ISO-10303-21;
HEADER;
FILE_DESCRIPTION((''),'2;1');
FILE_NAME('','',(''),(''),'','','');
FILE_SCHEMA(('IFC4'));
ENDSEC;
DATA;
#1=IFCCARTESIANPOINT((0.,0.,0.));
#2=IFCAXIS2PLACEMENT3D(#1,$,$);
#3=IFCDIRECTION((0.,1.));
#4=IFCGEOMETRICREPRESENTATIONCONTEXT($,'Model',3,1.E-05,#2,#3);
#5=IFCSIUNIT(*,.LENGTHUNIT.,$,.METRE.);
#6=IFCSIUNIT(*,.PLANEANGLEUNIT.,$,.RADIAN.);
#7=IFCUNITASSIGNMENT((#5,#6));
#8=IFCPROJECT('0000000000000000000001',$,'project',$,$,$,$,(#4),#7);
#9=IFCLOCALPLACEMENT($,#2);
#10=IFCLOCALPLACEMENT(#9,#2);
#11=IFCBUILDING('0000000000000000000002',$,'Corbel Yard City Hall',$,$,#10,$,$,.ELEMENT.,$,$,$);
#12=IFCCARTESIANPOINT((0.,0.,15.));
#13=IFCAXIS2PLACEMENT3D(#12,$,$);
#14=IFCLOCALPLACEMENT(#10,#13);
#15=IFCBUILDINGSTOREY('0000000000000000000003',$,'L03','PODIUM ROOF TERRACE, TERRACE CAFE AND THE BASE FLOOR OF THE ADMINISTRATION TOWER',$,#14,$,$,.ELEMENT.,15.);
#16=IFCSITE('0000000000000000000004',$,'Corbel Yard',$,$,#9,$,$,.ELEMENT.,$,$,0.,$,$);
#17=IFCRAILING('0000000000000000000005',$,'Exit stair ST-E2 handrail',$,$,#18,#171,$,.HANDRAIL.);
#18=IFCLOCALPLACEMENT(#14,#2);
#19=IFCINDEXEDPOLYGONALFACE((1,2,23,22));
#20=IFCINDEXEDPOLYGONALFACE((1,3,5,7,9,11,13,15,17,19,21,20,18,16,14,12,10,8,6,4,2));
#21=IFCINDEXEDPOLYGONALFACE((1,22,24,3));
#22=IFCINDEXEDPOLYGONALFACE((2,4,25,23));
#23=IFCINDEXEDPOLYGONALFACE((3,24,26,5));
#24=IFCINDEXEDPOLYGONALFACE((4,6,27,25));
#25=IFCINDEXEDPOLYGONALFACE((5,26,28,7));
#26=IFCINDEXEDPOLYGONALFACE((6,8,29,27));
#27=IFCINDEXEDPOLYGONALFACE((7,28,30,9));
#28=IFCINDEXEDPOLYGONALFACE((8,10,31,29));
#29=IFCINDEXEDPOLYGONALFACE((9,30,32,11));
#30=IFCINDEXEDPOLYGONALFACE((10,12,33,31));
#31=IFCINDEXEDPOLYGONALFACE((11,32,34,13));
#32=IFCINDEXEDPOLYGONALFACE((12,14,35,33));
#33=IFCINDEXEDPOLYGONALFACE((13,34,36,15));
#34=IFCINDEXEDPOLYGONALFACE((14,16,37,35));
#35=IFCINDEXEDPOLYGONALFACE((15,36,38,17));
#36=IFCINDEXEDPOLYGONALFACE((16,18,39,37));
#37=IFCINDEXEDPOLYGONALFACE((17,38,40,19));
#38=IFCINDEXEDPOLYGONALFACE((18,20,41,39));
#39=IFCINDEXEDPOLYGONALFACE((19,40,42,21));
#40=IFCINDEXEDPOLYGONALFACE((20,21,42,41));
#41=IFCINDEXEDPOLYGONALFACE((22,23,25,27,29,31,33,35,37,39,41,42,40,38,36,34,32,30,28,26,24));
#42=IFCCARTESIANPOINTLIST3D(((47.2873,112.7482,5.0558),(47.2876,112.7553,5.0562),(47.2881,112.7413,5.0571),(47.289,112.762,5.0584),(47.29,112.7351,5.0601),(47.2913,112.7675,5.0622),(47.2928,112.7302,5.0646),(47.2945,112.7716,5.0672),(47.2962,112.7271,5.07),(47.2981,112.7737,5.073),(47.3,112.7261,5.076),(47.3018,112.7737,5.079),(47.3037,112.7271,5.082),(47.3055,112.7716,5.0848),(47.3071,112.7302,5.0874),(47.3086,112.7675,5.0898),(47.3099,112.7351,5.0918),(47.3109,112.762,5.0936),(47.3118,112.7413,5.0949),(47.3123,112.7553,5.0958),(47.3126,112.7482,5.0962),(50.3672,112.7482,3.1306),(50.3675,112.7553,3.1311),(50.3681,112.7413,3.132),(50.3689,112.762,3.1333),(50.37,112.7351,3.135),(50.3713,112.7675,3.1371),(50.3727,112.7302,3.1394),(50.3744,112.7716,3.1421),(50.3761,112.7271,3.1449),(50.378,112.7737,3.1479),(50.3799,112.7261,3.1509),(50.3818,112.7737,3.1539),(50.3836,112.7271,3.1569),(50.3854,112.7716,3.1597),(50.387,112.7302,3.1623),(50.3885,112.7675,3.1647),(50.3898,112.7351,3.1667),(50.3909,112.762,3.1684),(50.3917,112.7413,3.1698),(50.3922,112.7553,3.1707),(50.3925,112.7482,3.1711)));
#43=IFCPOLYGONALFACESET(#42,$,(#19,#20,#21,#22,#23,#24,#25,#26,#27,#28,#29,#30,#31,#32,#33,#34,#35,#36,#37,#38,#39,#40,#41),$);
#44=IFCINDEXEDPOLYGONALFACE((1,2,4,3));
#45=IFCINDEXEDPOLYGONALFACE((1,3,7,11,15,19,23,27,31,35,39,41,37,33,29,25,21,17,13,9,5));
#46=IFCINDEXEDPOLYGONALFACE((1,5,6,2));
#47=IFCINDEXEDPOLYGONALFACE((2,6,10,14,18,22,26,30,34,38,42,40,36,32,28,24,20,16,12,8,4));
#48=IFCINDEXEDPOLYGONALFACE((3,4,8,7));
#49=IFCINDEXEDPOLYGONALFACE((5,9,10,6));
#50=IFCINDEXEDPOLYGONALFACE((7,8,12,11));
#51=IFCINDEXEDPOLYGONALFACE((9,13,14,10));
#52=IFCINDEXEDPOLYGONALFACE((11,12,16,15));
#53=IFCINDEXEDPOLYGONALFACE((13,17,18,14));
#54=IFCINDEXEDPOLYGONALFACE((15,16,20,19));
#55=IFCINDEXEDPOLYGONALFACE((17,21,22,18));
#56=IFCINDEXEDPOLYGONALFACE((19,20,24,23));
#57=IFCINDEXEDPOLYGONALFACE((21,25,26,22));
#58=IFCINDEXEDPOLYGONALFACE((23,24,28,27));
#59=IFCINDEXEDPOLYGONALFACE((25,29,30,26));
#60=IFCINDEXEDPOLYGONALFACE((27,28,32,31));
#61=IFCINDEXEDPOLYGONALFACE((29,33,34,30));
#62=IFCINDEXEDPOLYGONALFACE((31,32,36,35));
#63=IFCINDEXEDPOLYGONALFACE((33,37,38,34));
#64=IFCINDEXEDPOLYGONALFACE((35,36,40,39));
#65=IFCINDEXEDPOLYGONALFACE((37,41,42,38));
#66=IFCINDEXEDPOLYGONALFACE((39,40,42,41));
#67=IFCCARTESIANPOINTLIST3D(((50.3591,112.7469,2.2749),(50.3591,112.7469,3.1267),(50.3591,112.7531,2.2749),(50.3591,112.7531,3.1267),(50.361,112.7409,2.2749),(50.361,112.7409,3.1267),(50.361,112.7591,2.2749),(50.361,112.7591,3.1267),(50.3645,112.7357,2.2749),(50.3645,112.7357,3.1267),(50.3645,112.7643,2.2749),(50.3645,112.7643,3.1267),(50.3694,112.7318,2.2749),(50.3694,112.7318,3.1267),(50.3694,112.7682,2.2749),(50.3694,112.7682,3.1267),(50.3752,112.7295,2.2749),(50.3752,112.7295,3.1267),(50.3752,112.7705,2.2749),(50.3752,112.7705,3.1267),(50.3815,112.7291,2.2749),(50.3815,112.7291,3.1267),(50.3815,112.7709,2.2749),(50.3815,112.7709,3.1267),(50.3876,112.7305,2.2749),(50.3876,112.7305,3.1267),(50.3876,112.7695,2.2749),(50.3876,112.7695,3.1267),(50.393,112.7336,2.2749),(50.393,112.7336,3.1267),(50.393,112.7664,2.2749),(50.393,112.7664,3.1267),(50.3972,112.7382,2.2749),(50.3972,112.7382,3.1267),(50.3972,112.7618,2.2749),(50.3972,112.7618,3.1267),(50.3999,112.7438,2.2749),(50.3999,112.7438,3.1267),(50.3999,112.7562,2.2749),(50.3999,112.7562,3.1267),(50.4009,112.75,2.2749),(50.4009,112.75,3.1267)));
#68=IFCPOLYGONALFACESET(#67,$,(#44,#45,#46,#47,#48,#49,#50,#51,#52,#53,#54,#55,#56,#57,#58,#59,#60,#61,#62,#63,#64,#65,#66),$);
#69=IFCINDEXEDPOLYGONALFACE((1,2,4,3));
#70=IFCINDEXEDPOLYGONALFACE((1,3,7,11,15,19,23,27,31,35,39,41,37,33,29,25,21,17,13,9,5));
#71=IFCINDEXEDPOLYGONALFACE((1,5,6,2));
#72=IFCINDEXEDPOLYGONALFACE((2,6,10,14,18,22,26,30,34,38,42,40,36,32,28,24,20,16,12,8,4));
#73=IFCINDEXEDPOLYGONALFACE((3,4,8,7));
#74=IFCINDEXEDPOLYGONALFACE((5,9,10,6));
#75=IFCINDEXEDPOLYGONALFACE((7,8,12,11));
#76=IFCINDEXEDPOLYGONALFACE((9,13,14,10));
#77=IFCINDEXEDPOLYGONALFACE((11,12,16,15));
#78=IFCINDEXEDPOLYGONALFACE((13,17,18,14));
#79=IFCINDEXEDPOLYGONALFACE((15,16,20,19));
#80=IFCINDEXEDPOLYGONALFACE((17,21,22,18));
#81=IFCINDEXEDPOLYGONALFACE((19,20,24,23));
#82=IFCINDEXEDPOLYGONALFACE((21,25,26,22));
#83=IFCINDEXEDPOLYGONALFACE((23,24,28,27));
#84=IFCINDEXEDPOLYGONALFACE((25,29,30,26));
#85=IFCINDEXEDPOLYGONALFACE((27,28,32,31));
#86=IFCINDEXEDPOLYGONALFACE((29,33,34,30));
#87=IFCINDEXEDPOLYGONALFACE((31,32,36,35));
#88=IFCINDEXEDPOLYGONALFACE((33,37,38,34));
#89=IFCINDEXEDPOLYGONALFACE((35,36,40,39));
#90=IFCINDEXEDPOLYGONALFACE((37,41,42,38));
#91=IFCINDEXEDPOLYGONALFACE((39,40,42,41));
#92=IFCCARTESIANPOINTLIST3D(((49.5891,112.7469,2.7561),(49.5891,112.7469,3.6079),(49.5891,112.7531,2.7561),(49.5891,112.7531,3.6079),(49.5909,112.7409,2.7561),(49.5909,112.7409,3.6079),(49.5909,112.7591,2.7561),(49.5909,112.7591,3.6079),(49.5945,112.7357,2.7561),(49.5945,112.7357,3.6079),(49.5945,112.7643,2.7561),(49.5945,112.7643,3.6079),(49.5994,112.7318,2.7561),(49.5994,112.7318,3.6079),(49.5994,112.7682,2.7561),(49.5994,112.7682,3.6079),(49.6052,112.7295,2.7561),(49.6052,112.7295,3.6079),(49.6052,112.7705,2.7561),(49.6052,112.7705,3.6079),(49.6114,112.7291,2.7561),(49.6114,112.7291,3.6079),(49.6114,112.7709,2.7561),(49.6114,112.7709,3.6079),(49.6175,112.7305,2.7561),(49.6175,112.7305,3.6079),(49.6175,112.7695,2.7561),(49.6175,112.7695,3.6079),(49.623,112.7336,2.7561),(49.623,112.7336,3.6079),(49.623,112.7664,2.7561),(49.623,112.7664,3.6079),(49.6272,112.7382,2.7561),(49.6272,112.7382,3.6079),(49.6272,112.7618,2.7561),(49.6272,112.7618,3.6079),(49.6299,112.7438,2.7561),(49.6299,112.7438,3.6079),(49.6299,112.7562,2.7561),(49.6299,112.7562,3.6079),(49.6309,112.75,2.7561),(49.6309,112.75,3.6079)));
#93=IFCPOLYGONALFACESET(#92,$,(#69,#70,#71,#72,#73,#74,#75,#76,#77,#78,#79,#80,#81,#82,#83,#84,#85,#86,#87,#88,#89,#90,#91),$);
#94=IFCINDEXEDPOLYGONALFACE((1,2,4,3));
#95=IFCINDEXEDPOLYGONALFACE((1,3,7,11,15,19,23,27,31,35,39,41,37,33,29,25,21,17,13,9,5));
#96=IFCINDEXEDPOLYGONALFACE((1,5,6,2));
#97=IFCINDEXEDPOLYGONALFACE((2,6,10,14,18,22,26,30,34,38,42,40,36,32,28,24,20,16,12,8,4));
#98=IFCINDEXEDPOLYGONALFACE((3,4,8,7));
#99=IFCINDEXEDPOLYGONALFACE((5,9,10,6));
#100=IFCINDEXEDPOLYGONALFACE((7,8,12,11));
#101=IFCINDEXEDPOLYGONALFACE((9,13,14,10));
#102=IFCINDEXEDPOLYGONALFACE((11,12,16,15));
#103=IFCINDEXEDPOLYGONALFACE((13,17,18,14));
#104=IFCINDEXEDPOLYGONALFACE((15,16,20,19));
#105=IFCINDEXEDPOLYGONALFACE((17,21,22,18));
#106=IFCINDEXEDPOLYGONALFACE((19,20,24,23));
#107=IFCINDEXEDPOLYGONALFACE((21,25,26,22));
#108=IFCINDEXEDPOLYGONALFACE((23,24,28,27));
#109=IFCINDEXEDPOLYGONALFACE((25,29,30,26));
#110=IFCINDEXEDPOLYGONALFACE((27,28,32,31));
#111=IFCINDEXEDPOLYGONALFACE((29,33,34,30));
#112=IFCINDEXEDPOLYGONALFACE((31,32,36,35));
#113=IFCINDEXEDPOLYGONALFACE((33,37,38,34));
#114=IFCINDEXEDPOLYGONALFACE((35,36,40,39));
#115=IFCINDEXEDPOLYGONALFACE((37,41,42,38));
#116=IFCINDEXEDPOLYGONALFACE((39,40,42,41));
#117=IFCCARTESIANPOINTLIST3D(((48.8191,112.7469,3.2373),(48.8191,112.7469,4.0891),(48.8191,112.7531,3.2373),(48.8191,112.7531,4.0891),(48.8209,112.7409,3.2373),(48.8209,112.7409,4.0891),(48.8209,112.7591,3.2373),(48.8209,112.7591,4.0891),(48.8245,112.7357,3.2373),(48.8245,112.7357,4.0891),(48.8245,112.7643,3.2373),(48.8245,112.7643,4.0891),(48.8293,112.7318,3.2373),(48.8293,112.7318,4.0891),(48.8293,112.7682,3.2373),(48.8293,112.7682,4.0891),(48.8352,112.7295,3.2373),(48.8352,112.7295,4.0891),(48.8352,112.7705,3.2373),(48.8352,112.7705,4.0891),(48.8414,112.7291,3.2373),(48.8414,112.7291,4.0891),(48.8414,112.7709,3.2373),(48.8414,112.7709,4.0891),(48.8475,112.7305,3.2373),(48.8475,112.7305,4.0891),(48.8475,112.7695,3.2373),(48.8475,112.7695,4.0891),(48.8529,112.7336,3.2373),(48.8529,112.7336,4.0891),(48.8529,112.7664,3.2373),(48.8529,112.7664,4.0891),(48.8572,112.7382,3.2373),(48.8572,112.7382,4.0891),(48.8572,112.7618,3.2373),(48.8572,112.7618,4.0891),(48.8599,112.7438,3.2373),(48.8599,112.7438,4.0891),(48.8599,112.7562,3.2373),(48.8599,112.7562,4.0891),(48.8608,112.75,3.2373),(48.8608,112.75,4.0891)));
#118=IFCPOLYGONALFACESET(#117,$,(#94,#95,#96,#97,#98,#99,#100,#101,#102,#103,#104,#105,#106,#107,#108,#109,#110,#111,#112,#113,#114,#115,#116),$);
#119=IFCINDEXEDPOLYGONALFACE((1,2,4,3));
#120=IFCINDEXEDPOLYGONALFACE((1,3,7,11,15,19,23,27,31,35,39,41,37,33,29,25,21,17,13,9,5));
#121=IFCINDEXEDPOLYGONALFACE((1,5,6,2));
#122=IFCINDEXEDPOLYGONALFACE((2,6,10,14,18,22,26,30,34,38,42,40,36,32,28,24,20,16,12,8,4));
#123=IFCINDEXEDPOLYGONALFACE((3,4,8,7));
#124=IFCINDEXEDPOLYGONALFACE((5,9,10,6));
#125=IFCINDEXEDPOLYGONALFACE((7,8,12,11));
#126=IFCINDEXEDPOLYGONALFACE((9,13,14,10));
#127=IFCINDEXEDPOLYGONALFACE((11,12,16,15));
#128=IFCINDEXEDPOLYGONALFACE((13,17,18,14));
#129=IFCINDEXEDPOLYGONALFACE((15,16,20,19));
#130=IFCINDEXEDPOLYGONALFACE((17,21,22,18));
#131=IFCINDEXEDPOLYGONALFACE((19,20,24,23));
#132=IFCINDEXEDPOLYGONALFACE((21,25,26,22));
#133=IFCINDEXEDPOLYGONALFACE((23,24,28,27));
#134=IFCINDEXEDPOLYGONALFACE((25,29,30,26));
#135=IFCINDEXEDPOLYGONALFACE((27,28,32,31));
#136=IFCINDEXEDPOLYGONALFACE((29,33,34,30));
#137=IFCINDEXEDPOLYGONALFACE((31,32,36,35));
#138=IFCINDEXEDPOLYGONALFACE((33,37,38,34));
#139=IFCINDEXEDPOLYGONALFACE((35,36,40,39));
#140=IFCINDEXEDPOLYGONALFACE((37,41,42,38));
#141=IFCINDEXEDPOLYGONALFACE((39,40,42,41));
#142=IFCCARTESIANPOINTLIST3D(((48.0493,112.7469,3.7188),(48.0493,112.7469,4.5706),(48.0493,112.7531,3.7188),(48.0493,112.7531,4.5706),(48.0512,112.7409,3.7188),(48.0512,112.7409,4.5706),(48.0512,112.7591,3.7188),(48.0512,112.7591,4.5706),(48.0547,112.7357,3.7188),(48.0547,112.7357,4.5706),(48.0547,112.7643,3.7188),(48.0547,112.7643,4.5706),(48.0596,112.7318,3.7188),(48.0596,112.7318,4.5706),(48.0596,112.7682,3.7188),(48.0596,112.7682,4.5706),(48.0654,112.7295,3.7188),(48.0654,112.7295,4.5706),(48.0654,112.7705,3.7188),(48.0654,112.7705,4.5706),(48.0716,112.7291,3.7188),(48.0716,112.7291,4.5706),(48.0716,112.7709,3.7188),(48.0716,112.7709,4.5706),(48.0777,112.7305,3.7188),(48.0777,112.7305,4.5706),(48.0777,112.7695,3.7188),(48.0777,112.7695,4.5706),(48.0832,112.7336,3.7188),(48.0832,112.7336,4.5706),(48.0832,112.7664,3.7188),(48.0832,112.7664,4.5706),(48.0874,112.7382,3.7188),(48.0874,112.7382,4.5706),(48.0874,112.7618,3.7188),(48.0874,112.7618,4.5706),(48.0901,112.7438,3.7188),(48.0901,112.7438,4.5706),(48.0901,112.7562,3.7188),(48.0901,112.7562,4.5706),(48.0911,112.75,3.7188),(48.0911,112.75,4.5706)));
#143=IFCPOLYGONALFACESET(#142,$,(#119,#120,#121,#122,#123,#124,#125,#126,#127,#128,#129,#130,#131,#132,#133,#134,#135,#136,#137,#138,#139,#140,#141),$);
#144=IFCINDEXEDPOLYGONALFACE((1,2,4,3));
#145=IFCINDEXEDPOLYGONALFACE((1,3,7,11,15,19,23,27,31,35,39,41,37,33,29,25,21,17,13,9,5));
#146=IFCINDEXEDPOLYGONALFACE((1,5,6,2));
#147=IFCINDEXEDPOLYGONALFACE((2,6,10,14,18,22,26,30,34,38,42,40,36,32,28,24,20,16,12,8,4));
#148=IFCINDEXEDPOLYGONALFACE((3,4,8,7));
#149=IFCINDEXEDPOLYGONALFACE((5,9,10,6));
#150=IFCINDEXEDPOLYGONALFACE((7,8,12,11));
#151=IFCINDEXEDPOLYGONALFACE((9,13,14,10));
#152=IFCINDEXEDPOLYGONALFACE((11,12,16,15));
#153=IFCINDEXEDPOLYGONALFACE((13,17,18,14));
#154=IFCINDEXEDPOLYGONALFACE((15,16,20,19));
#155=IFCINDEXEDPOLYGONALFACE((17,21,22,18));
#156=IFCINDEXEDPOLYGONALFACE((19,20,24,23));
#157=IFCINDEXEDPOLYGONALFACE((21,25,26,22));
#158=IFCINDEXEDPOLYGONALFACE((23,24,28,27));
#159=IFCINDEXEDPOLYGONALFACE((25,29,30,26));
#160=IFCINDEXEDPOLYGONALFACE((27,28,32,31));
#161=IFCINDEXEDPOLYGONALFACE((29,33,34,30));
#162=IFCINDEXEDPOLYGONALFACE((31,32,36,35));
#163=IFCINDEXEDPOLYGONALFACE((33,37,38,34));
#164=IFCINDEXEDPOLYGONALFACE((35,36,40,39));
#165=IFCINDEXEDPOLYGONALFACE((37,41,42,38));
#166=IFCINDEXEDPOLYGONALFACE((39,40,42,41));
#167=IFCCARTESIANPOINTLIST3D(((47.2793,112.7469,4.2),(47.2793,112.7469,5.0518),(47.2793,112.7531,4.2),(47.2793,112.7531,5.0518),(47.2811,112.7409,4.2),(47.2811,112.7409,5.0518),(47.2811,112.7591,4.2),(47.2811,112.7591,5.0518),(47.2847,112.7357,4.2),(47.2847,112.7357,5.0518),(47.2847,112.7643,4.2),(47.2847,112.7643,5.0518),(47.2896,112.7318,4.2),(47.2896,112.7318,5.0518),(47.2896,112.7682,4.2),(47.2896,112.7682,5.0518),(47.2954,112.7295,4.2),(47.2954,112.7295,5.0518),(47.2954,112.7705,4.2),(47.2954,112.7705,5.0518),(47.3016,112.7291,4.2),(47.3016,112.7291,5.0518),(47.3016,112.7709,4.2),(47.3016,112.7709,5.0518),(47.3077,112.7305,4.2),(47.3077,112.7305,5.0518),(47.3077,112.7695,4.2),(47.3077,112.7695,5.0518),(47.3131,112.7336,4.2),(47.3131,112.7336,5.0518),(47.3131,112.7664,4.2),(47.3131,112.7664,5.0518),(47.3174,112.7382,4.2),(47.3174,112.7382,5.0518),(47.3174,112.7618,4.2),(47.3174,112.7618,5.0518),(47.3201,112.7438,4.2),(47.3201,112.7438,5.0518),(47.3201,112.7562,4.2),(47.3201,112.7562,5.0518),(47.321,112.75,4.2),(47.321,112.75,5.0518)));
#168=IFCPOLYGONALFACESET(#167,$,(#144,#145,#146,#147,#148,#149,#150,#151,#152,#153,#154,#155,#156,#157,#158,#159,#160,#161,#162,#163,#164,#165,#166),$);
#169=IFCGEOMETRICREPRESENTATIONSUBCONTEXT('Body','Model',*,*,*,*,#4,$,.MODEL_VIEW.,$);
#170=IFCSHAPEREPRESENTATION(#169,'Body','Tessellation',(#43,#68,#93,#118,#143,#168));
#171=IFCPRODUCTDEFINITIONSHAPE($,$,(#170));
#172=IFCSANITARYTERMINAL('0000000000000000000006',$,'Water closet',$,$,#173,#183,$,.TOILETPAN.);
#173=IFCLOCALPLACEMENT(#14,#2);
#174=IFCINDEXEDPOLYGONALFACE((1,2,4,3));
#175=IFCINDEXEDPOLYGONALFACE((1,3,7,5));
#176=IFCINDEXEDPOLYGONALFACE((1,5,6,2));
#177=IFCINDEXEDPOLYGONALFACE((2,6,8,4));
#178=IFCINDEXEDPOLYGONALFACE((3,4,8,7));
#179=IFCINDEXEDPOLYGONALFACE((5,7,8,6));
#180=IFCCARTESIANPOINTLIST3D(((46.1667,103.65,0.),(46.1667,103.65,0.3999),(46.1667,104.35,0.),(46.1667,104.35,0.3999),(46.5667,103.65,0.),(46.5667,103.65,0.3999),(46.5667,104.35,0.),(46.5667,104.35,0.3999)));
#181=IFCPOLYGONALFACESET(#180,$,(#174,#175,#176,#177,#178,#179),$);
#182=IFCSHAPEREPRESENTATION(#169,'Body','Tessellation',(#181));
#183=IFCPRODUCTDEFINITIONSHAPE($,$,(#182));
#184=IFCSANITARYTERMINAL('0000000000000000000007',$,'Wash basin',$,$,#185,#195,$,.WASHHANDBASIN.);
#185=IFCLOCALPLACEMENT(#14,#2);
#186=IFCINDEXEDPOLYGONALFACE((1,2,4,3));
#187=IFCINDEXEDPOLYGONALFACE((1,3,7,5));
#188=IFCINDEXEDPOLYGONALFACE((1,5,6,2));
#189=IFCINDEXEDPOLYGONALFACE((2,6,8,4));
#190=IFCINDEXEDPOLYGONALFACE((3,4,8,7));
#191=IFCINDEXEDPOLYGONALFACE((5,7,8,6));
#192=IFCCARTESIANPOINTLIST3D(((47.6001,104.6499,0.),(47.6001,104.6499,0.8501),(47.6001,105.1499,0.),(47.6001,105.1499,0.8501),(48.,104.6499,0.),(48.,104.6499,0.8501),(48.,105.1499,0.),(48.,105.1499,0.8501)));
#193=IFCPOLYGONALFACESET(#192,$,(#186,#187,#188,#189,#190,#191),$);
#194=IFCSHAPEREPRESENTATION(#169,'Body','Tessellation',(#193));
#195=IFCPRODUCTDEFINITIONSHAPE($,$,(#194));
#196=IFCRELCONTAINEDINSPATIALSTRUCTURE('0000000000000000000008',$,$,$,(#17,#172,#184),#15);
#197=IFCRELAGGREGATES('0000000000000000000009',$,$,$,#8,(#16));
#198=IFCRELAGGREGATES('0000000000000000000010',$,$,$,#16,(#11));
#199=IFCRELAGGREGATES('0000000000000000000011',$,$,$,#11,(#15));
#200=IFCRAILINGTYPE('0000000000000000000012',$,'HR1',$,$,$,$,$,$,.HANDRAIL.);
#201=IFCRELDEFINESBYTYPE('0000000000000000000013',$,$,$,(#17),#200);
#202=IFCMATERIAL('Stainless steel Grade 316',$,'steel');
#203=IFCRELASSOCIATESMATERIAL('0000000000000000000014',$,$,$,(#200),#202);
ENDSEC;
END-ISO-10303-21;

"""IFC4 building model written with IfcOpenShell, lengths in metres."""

from ifc_helpers import new_model, si_unit, direction, frame, origin, origin_2d, place, context, subcontext, project, spatial, rectangle, circle, extrude, material, type_object, element, save


model = new_model("IFC4")

# Units and contexts
model_context = context("Model", 3, precision=1e-05, world=origin(), true_north=direction((0.0, 1.0)))
body_context = subcontext(model_context, "Body", "Model", "MODEL_VIEW")
ifc_project = project(units=[si_unit("LENGTHUNIT", "METRE"), si_unit("PLANEANGLEUNIT", "RADIAN")], contexts=[model_context])

# Site, building, storey
site_placement = place(None, origin())
site = spatial("IfcSite", under=ifc_project, at=site_placement, Name="Corbel Yard", CompositionType="ELEMENT", RefElevation=0.0)
building_placement = place(site_placement, origin())
building = spatial("IfcBuilding", under=site, at=building_placement, Name="Corbel Yard City Hall", CompositionType="ELEMENT")
storey_placement = place(building_placement, frame((0.0, 0.0, 15.0)))
storey = spatial("IfcBuildingStorey", under=building, at=storey_placement, Name="L03", Description="PODIUM ROOF TERRACE, TERRACE CAFE AND THE BASE FLOOR OF THE ADMINISTRATION TOWER", CompositionType="ELEMENT", Elevation=15.0)

# Shared definitions
ifc_material_1 = material(Name="Stainless steel Grade 316", Category="steel")

# Railing
railing_type = type_object("IfcRailingType", Name="HR1", PredefinedType="HANDRAIL", material=ifc_material_1)
railing_placement = place(storey_placement, frame((50.3799, 112.75, 2.2749)))
element("IfcRailing", 1, at=railing_placement, inside=storey, type_object=railing_type, Name="Exit stair ST-E2 handrail", PredefinedType="HANDRAIL", context=body_context, shape_type="SweptSolid", body=[
    extrude(circle(Radius=0.0239, at=origin_2d()), frame((0.0, 0.0, 0.876), z_axis=(-0.847979, 0.0, 0.530029), x_axis=(0.0, -1.0, 0.0)), (0.0, 0.0, 1.0), 3.6321),
    extrude(circle(Radius=0.021, at=origin_2d()), origin(), (0.0, 0.0, 1.0), 0.8518),
    extrude(circle(Radius=0.021, at=origin_2d()), frame((-0.77, 0.0, 0.4812)), (0.0, 0.0, 1.0), 0.8518),
    extrude(circle(Radius=0.021, at=origin_2d()), frame((-1.54, 0.0, 0.9624)), (0.0, 0.0, 1.0), 0.8518),
    extrude(circle(Radius=0.021, at=origin_2d()), frame((-2.3098, 0.0, 1.4438)), (0.0, 0.0, 1.0), 0.8518),
    extrude(circle(Radius=0.021, at=origin_2d()), frame((-3.0798, 0.0, 1.925)), (0.0, 0.0, 1.0), 0.8518),
])

# Sanitary terminals
sanitary_terminal_1_placement = place(storey_placement, frame((46.3667, 104.0, 0.0), z_axis=(0.0, 0.0, 1.0), x_axis=(1.0, 0.0, 0.0)))
element("IfcSanitaryTerminal", 2, at=sanitary_terminal_1_placement, inside=storey, Name="Water closet", PredefinedType="TOILETPAN", context=body_context, shape_type="SweptSolid", body=[
    extrude(rectangle(XDim=0.3999, YDim=0.7, at=origin_2d()), origin(), (0.0, 0.0, 1.0), 0.3999),
])
sanitary_terminal_2_placement = place(storey_placement, frame((47.8, 104.8999, 0.0), z_axis=(0.0, 0.0, 1.0), x_axis=(1.0, 0.0, 0.0)))
element("IfcSanitaryTerminal", 3, at=sanitary_terminal_2_placement, inside=storey, Name="Wash basin", PredefinedType="WASHHANDBASIN", context=body_context, shape_type="SweptSolid", body=[
    extrude(rectangle(XDim=0.3999, YDim=0.5, at=origin_2d()), origin(), (0.0, 0.0, 1.0), 0.8501),
])

save(model, "model.ifc")
